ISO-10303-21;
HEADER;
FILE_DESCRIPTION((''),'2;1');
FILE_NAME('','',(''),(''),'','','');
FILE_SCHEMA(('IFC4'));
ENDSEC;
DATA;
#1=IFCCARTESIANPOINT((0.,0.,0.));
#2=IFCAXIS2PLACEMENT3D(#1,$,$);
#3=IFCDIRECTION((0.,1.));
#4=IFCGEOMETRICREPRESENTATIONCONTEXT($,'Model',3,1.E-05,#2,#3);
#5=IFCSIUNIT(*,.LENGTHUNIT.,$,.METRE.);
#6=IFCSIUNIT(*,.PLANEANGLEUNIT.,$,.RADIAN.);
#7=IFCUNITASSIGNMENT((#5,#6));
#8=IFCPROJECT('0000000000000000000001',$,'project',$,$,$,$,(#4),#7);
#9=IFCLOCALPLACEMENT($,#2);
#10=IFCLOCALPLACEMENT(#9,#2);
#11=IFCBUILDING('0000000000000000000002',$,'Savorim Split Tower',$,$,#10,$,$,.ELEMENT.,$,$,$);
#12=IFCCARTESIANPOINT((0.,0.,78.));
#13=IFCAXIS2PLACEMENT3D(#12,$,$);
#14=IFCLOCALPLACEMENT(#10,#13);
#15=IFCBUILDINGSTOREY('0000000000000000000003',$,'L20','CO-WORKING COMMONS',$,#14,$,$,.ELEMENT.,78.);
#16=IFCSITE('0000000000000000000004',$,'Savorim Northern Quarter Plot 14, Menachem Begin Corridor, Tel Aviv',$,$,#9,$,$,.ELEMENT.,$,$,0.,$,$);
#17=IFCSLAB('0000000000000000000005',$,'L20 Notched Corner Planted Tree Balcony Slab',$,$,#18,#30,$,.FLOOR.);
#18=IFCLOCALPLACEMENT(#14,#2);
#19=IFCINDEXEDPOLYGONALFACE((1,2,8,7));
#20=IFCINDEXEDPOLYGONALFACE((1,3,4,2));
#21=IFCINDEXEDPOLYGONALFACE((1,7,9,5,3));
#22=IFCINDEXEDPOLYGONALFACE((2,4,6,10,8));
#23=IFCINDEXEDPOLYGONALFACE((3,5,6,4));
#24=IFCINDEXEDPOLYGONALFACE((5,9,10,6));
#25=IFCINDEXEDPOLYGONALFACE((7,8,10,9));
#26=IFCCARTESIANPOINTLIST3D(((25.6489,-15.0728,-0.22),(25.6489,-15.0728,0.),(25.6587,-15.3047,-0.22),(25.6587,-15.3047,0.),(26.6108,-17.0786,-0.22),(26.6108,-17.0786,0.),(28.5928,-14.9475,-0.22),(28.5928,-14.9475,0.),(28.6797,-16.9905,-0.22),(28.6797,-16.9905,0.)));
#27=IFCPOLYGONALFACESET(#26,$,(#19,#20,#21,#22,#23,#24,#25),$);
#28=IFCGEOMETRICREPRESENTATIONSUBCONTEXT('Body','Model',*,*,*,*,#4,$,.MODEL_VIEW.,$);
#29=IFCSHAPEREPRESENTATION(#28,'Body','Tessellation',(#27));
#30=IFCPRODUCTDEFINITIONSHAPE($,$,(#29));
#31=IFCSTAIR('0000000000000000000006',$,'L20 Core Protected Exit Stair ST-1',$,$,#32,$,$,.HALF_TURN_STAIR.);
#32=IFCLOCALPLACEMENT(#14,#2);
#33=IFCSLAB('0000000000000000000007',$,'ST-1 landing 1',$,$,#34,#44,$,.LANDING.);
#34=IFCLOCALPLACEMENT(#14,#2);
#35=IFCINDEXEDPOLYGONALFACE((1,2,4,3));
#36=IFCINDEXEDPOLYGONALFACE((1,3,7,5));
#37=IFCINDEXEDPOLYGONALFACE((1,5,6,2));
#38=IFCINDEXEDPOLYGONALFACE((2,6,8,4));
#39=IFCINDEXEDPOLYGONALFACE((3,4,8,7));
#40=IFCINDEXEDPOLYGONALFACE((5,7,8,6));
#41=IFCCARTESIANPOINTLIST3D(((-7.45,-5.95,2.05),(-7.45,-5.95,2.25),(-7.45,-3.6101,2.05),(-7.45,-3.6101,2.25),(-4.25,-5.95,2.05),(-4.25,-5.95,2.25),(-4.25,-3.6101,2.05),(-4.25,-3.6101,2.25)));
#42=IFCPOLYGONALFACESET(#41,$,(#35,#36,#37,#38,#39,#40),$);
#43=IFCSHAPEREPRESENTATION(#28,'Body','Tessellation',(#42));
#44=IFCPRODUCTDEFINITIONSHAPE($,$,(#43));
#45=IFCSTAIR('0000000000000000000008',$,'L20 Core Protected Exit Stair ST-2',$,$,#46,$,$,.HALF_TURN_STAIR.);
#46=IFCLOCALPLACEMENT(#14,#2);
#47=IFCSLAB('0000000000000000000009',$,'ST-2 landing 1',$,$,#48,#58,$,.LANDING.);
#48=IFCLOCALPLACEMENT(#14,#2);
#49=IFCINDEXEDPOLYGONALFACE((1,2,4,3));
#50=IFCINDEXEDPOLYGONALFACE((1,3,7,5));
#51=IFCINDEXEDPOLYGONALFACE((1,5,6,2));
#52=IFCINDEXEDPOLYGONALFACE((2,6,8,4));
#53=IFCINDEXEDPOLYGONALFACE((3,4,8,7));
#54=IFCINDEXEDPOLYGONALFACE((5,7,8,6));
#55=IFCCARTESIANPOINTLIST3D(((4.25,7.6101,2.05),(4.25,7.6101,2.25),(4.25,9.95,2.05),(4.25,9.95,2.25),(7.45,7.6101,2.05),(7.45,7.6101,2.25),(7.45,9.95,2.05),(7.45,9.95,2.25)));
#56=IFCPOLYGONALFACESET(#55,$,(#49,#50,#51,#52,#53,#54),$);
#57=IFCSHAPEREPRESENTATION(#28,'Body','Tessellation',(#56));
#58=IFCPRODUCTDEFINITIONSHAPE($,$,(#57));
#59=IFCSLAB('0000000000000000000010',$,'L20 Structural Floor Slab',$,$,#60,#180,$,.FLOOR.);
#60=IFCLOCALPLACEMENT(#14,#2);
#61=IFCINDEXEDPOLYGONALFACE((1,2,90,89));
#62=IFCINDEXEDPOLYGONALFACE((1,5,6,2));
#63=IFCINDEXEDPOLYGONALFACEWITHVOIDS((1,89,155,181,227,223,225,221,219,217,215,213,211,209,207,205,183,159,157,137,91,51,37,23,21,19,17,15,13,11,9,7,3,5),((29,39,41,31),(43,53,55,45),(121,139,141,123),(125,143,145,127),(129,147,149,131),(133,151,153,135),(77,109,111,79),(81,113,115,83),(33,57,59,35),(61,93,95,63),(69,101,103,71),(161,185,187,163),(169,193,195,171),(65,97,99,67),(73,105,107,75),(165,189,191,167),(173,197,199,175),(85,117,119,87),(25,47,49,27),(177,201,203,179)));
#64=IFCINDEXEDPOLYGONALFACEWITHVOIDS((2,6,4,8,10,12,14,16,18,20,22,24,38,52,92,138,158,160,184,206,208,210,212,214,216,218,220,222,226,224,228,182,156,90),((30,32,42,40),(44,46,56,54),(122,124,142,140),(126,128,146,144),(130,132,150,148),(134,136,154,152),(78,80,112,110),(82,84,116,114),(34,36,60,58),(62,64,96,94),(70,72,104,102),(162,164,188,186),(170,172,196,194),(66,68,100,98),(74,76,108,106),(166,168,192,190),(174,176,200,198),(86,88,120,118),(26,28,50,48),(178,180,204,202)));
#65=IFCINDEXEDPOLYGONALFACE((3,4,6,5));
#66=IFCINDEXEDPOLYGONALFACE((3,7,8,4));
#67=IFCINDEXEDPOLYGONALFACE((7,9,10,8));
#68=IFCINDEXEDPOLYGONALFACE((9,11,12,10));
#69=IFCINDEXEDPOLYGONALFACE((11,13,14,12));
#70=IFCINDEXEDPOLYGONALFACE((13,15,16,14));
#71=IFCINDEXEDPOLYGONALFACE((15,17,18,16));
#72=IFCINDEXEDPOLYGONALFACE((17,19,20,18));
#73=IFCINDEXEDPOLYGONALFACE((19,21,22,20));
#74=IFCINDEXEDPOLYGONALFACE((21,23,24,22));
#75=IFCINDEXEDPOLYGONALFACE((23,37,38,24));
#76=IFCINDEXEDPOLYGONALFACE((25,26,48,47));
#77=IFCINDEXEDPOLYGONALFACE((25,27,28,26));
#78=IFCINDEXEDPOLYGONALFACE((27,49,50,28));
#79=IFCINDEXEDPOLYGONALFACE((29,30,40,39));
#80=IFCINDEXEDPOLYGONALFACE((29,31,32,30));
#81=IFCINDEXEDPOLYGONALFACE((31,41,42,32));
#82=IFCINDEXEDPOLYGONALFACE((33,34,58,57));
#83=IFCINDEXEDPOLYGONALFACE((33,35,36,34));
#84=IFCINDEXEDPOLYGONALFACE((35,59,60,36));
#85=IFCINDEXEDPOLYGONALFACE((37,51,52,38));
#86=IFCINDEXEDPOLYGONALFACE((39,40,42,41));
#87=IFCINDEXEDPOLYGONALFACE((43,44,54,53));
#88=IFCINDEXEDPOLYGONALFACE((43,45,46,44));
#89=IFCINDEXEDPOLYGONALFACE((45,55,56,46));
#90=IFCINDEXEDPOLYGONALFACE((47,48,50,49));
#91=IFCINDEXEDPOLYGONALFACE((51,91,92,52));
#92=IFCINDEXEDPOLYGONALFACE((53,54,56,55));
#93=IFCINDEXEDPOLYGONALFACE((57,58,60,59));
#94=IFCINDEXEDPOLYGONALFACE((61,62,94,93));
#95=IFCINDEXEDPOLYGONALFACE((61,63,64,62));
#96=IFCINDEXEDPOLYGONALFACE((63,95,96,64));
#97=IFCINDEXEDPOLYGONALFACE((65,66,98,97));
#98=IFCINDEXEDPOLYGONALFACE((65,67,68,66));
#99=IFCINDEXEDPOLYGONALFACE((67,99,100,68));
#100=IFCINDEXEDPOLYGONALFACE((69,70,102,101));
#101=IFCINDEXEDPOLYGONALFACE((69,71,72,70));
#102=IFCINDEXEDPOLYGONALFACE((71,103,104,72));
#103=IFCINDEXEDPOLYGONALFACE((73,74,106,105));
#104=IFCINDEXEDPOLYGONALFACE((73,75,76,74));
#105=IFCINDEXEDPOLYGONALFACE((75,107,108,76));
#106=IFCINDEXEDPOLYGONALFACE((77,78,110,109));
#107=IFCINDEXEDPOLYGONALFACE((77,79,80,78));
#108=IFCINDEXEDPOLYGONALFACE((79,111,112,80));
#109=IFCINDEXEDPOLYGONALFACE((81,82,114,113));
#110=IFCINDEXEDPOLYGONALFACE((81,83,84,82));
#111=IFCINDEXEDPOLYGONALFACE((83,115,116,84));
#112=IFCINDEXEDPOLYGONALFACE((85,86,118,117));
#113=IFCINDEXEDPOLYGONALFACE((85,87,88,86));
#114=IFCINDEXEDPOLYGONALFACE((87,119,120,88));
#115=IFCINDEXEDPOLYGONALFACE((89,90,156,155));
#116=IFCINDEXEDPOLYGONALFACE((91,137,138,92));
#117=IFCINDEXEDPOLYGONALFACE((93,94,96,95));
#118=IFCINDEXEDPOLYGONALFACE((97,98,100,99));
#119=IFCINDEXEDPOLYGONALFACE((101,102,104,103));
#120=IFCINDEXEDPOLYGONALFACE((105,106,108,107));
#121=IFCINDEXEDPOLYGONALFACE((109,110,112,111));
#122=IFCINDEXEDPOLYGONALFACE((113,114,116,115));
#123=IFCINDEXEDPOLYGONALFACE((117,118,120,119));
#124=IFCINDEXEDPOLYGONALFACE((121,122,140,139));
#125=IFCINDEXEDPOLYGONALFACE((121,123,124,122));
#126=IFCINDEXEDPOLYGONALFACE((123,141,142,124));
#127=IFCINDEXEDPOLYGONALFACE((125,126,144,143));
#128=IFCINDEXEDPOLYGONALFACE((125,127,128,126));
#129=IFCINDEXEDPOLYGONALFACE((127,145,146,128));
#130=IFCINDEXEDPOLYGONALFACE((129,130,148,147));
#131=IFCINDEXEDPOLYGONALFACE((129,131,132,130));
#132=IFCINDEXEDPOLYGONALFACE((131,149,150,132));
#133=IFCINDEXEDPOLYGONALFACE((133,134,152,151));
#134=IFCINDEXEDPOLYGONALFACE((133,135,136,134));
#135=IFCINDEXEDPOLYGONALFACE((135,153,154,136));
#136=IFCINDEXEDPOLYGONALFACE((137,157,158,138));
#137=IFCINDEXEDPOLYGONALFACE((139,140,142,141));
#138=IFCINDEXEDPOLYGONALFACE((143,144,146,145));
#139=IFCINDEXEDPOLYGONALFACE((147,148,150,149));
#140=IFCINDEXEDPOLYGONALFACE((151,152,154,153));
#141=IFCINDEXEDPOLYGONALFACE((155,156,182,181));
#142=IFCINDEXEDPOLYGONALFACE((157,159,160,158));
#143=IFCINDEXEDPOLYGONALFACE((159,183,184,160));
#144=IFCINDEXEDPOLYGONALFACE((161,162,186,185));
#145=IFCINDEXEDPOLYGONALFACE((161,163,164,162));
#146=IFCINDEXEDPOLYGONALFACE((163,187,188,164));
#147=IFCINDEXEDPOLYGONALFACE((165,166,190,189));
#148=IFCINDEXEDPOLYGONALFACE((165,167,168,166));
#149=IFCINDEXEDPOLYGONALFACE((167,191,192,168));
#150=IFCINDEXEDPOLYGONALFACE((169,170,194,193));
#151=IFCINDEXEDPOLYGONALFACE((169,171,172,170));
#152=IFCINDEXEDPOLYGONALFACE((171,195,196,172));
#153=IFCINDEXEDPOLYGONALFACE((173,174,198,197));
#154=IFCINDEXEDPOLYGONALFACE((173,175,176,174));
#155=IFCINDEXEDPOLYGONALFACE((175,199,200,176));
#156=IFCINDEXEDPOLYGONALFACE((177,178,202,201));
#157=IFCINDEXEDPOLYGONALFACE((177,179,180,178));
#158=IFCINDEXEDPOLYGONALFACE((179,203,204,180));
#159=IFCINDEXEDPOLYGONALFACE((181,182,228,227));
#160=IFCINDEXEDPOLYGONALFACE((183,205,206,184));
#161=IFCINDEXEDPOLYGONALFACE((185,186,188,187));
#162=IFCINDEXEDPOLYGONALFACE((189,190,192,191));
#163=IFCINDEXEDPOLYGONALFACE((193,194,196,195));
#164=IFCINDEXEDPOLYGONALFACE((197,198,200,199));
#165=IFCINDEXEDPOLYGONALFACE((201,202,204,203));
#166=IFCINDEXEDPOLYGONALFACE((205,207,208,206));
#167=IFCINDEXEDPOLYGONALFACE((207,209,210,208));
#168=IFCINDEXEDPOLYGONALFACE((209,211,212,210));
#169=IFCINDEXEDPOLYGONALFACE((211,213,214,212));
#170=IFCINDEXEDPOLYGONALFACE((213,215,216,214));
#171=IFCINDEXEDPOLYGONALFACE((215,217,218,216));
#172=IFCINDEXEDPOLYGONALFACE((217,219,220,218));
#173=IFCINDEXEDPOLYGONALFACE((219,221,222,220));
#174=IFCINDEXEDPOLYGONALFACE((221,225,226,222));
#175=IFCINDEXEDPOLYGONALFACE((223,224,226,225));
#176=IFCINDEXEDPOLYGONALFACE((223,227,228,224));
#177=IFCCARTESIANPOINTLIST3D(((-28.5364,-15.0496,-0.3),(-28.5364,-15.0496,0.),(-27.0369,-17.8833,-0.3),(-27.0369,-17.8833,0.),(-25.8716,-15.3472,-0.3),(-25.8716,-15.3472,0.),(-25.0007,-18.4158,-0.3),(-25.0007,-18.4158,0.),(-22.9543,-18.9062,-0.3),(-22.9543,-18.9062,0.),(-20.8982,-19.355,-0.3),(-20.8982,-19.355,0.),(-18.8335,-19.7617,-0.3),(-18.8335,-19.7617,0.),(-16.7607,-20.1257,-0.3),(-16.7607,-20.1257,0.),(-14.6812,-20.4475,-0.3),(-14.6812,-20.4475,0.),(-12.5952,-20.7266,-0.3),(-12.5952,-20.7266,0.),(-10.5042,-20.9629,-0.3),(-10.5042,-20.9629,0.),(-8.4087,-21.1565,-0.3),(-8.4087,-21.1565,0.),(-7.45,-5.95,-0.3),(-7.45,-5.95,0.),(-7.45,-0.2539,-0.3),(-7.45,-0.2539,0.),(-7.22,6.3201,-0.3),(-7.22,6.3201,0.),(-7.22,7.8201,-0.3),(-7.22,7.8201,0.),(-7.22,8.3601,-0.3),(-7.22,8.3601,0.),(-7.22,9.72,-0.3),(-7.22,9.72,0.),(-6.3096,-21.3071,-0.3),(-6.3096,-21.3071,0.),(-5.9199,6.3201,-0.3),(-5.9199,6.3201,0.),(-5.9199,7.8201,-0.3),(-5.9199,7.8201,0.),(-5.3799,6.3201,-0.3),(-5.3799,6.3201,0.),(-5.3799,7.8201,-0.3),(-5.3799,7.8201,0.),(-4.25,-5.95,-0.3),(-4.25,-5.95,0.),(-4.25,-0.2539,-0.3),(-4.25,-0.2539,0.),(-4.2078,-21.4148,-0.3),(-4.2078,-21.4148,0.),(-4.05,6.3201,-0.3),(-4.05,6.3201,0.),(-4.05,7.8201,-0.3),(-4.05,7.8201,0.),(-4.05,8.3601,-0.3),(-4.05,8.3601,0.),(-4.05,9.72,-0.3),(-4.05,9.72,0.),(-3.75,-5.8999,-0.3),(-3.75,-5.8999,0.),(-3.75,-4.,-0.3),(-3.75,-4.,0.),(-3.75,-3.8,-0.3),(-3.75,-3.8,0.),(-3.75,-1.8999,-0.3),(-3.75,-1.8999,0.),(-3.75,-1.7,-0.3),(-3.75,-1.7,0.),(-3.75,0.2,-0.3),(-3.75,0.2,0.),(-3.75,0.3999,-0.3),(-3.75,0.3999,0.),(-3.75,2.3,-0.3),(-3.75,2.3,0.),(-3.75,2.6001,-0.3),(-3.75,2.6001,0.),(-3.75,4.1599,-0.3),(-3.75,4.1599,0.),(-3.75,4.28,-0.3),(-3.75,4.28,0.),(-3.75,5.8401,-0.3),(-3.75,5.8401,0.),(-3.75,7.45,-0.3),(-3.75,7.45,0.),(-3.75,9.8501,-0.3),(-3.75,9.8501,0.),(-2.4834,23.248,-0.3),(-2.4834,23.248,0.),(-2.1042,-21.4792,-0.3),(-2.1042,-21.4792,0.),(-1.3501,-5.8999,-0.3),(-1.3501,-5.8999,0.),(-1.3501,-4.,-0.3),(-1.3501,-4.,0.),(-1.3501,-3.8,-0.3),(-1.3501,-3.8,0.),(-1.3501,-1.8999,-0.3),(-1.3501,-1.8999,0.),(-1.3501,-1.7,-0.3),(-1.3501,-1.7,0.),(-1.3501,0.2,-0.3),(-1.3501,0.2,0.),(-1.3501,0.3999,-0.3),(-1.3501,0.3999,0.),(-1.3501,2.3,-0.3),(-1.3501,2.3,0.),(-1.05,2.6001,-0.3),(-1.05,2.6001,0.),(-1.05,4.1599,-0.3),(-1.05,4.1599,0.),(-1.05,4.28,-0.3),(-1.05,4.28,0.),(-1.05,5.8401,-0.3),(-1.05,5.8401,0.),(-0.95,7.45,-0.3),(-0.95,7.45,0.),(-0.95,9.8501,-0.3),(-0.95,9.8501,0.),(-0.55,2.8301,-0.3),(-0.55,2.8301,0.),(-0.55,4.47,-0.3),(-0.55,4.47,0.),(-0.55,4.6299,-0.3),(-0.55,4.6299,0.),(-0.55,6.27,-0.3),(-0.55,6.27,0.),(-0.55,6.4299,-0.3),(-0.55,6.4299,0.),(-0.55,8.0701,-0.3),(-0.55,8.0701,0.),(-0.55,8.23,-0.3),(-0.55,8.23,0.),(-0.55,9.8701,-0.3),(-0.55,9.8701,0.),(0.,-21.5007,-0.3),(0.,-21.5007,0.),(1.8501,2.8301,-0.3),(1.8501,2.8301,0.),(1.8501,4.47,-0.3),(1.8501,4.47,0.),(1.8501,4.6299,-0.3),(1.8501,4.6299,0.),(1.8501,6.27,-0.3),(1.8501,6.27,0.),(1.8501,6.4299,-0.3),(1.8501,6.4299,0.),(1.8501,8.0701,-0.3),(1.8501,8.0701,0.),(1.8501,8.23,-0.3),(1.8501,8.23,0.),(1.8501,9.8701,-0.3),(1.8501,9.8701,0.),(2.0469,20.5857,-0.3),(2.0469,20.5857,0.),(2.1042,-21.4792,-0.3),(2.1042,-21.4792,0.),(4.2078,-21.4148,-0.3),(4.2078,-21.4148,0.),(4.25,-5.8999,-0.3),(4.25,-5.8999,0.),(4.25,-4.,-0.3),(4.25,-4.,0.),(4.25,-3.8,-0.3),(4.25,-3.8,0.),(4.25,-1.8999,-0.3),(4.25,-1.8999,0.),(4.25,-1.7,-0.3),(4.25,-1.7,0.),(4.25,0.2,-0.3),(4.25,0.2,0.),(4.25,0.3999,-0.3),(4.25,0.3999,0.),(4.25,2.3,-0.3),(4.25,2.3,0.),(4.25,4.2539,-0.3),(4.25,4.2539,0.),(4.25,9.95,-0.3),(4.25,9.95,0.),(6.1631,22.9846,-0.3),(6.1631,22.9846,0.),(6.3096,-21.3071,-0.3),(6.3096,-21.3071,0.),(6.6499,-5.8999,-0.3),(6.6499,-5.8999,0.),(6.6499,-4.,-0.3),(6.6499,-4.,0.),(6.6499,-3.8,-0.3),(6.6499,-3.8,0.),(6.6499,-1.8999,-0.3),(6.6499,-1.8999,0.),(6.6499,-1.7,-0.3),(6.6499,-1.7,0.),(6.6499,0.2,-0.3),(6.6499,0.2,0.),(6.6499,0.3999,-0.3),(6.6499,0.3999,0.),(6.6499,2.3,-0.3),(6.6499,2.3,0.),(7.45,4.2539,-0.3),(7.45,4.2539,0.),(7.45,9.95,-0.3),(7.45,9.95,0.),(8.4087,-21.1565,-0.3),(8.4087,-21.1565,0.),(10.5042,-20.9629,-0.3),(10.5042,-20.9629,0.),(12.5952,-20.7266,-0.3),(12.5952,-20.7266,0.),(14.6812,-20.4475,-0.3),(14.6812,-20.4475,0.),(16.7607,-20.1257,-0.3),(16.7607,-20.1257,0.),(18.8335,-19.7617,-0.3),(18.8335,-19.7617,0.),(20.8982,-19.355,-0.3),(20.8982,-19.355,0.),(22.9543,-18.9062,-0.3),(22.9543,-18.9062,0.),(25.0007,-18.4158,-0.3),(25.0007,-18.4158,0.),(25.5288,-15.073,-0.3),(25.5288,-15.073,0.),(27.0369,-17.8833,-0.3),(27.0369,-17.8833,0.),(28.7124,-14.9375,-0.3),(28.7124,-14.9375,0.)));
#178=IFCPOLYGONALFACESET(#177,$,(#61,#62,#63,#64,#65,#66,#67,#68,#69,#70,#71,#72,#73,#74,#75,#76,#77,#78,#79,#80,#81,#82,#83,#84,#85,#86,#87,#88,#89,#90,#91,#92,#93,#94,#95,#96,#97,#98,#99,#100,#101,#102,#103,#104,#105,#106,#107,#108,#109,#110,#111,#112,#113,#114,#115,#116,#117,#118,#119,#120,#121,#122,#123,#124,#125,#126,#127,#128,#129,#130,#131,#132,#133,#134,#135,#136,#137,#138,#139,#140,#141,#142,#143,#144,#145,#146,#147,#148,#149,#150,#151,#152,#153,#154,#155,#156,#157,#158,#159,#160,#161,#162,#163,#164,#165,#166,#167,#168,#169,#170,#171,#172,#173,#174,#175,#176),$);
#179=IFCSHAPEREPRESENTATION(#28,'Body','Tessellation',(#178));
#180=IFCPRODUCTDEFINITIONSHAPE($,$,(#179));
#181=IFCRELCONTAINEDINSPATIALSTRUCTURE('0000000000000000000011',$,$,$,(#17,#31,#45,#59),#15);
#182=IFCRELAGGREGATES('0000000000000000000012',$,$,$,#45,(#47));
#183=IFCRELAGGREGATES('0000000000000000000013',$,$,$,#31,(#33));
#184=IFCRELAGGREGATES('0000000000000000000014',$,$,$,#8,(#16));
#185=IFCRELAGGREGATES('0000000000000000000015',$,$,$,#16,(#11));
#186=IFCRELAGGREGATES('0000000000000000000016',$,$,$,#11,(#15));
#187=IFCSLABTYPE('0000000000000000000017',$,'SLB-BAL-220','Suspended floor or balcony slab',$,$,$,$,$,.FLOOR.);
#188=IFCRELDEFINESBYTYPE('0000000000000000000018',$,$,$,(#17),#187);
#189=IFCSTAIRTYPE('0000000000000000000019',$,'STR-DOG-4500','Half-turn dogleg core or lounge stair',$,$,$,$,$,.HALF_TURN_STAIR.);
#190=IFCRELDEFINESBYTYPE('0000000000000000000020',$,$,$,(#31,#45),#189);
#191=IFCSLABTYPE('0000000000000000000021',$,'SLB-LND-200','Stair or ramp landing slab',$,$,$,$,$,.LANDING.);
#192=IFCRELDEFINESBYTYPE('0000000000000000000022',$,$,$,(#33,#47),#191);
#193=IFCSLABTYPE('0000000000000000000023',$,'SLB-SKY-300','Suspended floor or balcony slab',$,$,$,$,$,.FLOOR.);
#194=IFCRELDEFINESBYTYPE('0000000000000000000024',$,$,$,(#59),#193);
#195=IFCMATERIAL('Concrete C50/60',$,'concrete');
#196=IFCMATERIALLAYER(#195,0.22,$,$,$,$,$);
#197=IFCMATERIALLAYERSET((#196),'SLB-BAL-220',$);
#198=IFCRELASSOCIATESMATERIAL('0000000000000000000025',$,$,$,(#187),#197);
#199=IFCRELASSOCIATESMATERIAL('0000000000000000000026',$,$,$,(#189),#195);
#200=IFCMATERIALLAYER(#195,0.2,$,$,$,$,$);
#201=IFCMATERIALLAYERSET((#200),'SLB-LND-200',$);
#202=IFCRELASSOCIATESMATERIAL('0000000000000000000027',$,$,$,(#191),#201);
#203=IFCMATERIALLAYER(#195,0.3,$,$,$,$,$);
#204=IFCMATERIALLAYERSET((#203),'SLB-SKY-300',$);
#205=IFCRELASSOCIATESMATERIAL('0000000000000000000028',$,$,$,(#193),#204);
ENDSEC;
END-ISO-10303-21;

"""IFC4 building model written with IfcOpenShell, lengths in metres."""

from ifc_helpers import new_model, si_unit, direction, frame, origin, place, context, subcontext, project, spatial, polyline, outline, extrude, material, layer, layer_set, type_object, element, aggregate, save


model = new_model("IFC4")

# Units and contexts
model_context = context("Model", 3, precision=1e-05, world=origin(), true_north=direction((0.0, 1.0)))
body_context = subcontext(model_context, "Body", "Model", "MODEL_VIEW")
ifc_project = project(units=[si_unit("LENGTHUNIT", "METRE"), si_unit("PLANEANGLEUNIT", "RADIAN")], contexts=[model_context])

# Site, building, storey
site_placement = place(None, origin())
site = spatial("IfcSite", under=ifc_project, at=site_placement, Name="Savorim Northern Quarter Plot 14, Menachem Begin Corridor, Tel Aviv", CompositionType="ELEMENT", RefElevation=0.0)
building_placement = place(site_placement, origin())
building = spatial("IfcBuilding", under=site, at=building_placement, Name="Savorim Split Tower", CompositionType="ELEMENT")
storey_placement = place(building_placement, frame((0.0, 0.0, 78.0)))
storey = spatial("IfcBuildingStorey", under=building, at=storey_placement, Name="L20", Description="CO-WORKING COMMONS", CompositionType="ELEMENT", Elevation=78.0)

# Slab
ifc_material_1 = material(Name="Concrete C50/60", Category="concrete")
ifc_layer_1 = layer(ifc_material_1, 0.22)
ifc_layer_set_1 = layer_set([ifc_layer_1], Name="SLB-BAL-220")
slab_type_1 = type_object("IfcSlabType", Name="SLB-BAL-220", Description="Suspended floor or balcony slab", PredefinedType="FLOOR", material=ifc_layer_set_1)
slab_1_placement = place(storey_placement, frame((0.0, 0.0, -0.22)))
element("IfcSlab", 1, at=slab_1_placement, inside=storey, type_object=slab_type_1, Name="L20 Notched Corner Planted Tree Balcony Slab", PredefinedType="FLOOR", context=body_context, shape_type="SweptSolid", body=[
    extrude(outline(polyline([(28.5928, -14.9475), (25.6489, -15.0728), (25.6587, -15.3047), (26.6108, -17.0786), (28.6797, -16.9905), (28.5928, -14.9475)])), origin(), (0.0, 0.0, 1.0), 0.22),
])

# Stairs, slabs
stair_type = type_object("IfcStairType", Name="STR-DOG-4500", Description="Half-turn dogleg core or lounge stair", PredefinedType="HALF_TURN_STAIR", material=ifc_material_1)
stair_1_placement = place(storey_placement, origin())
stair_1 = element("IfcStair", 2, at=stair_1_placement, inside=storey, type_object=stair_type, Name="L20 Core Protected Exit Stair ST-1", PredefinedType="HALF_TURN_STAIR")
ifc_layer_2 = layer(ifc_material_1, 0.2)
ifc_layer_set_2 = layer_set([ifc_layer_2], Name="SLB-LND-200")
slab_type_2 = type_object("IfcSlabType", Name="SLB-LND-200", Description="Stair or ramp landing slab", PredefinedType="LANDING", material=ifc_layer_set_2)
slab_2_placement = place(storey_placement, frame((0.0, 0.0, 2.05)))
slab_2 = element("IfcSlab", 3, at=slab_2_placement, type_object=slab_type_2, Name="ST-1 landing 1", PredefinedType="LANDING", context=body_context, shape_type="SweptSolid", body=[
    extrude(outline(polyline([(-7.45, -3.6101), (-7.45, -5.95), (-4.25, -5.95), (-4.25, -3.6101), (-7.45, -3.6101)])), origin(), (0.0, 0.0, 1.0), 0.2),
])
stair_2_placement = place(storey_placement, origin())
stair_2 = element("IfcStair", 4, at=stair_2_placement, inside=storey, type_object=stair_type, Name="L20 Core Protected Exit Stair ST-2", PredefinedType="HALF_TURN_STAIR")
slab_3_placement = place(storey_placement, frame((0.0, 0.0, 2.05)))
slab_3 = element("IfcSlab", 5, at=slab_3_placement, type_object=slab_type_2, Name="ST-2 landing 1", PredefinedType="LANDING", context=body_context, shape_type="SweptSolid", body=[
    extrude(outline(polyline([(7.45, 7.6101), (7.45, 9.95), (4.25, 9.95), (4.25, 7.6101), (7.45, 7.6101)])), origin(), (0.0, 0.0, 1.0), 0.2),
])
aggregate(stair_2, [slab_3])

# Slab
ifc_layer_3 = layer(ifc_material_1, 0.3)
ifc_layer_set_3 = layer_set([ifc_layer_3], Name="SLB-SKY-300")
slab_type_3 = type_object("IfcSlabType", Name="SLB-SKY-300", Description="Suspended floor or balcony slab", PredefinedType="FLOOR", material=ifc_layer_set_3)
slab_4_placement = place(storey_placement, frame((0.0, 0.0, -0.3)))
element("IfcSlab", 6, at=slab_4_placement, inside=storey, type_object=slab_type_3, Name="L20 Structural Floor Slab", PredefinedType="FLOOR", context=body_context, shape_type="SweptSolid", body=[
    extrude(outline(polyline([(-27.0369, -17.8833), (-25.0007, -18.4158), (-22.9543, -18.9062), (-20.8982, -19.355), (-18.8335, -19.7617), (-16.7607, -20.1257), (-14.6812, -20.4475), (-12.5952, -20.7266), (-10.5042, -20.9629), (-8.4087, -21.1565), (-6.3096, -21.3071), (-4.2078, -21.4148), (-2.1042, -21.4792), (0.0, -21.5007), (2.1042, -21.4792), (4.2078, -21.4148), (6.3096, -21.3071), (8.4087, -21.1565), (10.5042, -20.9629), (12.5952, -20.7266), (14.6812, -20.4475), (16.7607, -20.1257), (18.8335, -19.7617), (20.8982, -19.355), (22.9543, -18.9062), (25.0007, -18.4158), (27.0369, -17.8833), (25.5288, -15.073), (28.7124, -14.9375), (6.1631, 22.9846), (2.0469, 20.5857), (-2.4834, 23.248), (-28.5364, -15.0496), (-25.8716, -15.3472), (-27.0369, -17.8833)]), holes=[polyline([(-7.45, -0.2539), (-7.45, -5.95), (-4.25, -5.95), (-4.25, -0.2539), (-7.45, -0.2539)]), polyline([(7.45, 4.2539), (7.45, 9.95), (4.25, 9.95), (4.25, 4.2539), (7.45, 4.2539)]), polyline([(4.25, -5.8999), (6.6499, -5.8999), (6.6499, -4.0), (4.25, -4.0), (4.25, -5.8999)]), polyline([(4.25, -3.8), (6.6499, -3.8), (6.6499, -1.8999), (4.25, -1.8999), (4.25, -3.8)]), polyline([(4.25, -1.7), (6.6499, -1.7), (6.6499, 0.2), (4.25, 0.2), (4.25, -1.7)]), polyline([(4.25, 0.3999), (6.6499, 0.3999), (6.6499, 2.3), (4.25, 2.3), (4.25, 0.3999)]), polyline([(-3.75, -5.8999), (-1.3501, -5.8999), (-1.3501, -4.0), (-3.75, -4.0), (-3.75, -5.8999)]), polyline([(-3.75, -3.8), (-1.3501, -3.8), (-1.3501, -1.8999), (-3.75, -1.8999), (-3.75, -3.8)]), polyline([(-3.75, -1.7), (-1.3501, -1.7), (-1.3501, 0.2), (-3.75, 0.2), (-3.75, -1.7)]), polyline([(-3.75, 0.3999), (-1.3501, 0.3999), (-1.3501, 2.3), (-3.75, 2.3), (-3.75, 0.3999)]), polyline([(-0.55, 2.8301), (1.8501, 2.8301), (1.8501, 4.47), (-0.55, 4.47), (-0.55, 2.8301)]), polyline([(-0.55, 4.6299), (1.8501, 4.6299), (1.8501, 6.27), (-0.55, 6.27), (-0.55, 4.6299)]), polyline([(-0.55, 6.4299), (1.8501, 6.4299), (1.8501, 8.0701), (-0.55, 8.0701), (-0.55, 6.4299)]), polyline([(-0.55, 8.23), (1.8501, 8.23), (1.8501, 9.8701), (-0.55, 9.8701), (-0.55, 8.23)]), polyline([(-3.75, 2.6001), (-1.05, 2.6001), (-1.05, 4.1599), (-3.75, 4.1599), (-3.75, 2.6001)]), polyline([(-3.75, 4.28), (-1.05, 4.28), (-1.05, 5.8401), (-3.75, 5.8401), (-3.75, 4.28)]), polyline([(-3.75, 7.45), (-0.95, 7.45), (-0.95, 9.8501), (-3.75, 9.8501), (-3.75, 7.45)]), polyline([(-7.22, 6.3201), (-5.9199, 6.3201), (-5.9199, 7.8201), (-7.22, 7.8201), (-7.22, 6.3201)]), polyline([(-5.3799, 6.3201), (-4.05, 6.3201), (-4.05, 7.8201), (-5.3799, 7.8201), (-5.3799, 6.3201)]), polyline([(-7.22, 8.3601), (-4.05, 8.3601), (-4.05, 9.72), (-7.22, 9.72), (-7.22, 8.3601)])]), origin(), (0.0, 0.0, 1.0), 0.3),
])

aggregate(stair_1, [slab_2])

save(model, "model.ifc")
